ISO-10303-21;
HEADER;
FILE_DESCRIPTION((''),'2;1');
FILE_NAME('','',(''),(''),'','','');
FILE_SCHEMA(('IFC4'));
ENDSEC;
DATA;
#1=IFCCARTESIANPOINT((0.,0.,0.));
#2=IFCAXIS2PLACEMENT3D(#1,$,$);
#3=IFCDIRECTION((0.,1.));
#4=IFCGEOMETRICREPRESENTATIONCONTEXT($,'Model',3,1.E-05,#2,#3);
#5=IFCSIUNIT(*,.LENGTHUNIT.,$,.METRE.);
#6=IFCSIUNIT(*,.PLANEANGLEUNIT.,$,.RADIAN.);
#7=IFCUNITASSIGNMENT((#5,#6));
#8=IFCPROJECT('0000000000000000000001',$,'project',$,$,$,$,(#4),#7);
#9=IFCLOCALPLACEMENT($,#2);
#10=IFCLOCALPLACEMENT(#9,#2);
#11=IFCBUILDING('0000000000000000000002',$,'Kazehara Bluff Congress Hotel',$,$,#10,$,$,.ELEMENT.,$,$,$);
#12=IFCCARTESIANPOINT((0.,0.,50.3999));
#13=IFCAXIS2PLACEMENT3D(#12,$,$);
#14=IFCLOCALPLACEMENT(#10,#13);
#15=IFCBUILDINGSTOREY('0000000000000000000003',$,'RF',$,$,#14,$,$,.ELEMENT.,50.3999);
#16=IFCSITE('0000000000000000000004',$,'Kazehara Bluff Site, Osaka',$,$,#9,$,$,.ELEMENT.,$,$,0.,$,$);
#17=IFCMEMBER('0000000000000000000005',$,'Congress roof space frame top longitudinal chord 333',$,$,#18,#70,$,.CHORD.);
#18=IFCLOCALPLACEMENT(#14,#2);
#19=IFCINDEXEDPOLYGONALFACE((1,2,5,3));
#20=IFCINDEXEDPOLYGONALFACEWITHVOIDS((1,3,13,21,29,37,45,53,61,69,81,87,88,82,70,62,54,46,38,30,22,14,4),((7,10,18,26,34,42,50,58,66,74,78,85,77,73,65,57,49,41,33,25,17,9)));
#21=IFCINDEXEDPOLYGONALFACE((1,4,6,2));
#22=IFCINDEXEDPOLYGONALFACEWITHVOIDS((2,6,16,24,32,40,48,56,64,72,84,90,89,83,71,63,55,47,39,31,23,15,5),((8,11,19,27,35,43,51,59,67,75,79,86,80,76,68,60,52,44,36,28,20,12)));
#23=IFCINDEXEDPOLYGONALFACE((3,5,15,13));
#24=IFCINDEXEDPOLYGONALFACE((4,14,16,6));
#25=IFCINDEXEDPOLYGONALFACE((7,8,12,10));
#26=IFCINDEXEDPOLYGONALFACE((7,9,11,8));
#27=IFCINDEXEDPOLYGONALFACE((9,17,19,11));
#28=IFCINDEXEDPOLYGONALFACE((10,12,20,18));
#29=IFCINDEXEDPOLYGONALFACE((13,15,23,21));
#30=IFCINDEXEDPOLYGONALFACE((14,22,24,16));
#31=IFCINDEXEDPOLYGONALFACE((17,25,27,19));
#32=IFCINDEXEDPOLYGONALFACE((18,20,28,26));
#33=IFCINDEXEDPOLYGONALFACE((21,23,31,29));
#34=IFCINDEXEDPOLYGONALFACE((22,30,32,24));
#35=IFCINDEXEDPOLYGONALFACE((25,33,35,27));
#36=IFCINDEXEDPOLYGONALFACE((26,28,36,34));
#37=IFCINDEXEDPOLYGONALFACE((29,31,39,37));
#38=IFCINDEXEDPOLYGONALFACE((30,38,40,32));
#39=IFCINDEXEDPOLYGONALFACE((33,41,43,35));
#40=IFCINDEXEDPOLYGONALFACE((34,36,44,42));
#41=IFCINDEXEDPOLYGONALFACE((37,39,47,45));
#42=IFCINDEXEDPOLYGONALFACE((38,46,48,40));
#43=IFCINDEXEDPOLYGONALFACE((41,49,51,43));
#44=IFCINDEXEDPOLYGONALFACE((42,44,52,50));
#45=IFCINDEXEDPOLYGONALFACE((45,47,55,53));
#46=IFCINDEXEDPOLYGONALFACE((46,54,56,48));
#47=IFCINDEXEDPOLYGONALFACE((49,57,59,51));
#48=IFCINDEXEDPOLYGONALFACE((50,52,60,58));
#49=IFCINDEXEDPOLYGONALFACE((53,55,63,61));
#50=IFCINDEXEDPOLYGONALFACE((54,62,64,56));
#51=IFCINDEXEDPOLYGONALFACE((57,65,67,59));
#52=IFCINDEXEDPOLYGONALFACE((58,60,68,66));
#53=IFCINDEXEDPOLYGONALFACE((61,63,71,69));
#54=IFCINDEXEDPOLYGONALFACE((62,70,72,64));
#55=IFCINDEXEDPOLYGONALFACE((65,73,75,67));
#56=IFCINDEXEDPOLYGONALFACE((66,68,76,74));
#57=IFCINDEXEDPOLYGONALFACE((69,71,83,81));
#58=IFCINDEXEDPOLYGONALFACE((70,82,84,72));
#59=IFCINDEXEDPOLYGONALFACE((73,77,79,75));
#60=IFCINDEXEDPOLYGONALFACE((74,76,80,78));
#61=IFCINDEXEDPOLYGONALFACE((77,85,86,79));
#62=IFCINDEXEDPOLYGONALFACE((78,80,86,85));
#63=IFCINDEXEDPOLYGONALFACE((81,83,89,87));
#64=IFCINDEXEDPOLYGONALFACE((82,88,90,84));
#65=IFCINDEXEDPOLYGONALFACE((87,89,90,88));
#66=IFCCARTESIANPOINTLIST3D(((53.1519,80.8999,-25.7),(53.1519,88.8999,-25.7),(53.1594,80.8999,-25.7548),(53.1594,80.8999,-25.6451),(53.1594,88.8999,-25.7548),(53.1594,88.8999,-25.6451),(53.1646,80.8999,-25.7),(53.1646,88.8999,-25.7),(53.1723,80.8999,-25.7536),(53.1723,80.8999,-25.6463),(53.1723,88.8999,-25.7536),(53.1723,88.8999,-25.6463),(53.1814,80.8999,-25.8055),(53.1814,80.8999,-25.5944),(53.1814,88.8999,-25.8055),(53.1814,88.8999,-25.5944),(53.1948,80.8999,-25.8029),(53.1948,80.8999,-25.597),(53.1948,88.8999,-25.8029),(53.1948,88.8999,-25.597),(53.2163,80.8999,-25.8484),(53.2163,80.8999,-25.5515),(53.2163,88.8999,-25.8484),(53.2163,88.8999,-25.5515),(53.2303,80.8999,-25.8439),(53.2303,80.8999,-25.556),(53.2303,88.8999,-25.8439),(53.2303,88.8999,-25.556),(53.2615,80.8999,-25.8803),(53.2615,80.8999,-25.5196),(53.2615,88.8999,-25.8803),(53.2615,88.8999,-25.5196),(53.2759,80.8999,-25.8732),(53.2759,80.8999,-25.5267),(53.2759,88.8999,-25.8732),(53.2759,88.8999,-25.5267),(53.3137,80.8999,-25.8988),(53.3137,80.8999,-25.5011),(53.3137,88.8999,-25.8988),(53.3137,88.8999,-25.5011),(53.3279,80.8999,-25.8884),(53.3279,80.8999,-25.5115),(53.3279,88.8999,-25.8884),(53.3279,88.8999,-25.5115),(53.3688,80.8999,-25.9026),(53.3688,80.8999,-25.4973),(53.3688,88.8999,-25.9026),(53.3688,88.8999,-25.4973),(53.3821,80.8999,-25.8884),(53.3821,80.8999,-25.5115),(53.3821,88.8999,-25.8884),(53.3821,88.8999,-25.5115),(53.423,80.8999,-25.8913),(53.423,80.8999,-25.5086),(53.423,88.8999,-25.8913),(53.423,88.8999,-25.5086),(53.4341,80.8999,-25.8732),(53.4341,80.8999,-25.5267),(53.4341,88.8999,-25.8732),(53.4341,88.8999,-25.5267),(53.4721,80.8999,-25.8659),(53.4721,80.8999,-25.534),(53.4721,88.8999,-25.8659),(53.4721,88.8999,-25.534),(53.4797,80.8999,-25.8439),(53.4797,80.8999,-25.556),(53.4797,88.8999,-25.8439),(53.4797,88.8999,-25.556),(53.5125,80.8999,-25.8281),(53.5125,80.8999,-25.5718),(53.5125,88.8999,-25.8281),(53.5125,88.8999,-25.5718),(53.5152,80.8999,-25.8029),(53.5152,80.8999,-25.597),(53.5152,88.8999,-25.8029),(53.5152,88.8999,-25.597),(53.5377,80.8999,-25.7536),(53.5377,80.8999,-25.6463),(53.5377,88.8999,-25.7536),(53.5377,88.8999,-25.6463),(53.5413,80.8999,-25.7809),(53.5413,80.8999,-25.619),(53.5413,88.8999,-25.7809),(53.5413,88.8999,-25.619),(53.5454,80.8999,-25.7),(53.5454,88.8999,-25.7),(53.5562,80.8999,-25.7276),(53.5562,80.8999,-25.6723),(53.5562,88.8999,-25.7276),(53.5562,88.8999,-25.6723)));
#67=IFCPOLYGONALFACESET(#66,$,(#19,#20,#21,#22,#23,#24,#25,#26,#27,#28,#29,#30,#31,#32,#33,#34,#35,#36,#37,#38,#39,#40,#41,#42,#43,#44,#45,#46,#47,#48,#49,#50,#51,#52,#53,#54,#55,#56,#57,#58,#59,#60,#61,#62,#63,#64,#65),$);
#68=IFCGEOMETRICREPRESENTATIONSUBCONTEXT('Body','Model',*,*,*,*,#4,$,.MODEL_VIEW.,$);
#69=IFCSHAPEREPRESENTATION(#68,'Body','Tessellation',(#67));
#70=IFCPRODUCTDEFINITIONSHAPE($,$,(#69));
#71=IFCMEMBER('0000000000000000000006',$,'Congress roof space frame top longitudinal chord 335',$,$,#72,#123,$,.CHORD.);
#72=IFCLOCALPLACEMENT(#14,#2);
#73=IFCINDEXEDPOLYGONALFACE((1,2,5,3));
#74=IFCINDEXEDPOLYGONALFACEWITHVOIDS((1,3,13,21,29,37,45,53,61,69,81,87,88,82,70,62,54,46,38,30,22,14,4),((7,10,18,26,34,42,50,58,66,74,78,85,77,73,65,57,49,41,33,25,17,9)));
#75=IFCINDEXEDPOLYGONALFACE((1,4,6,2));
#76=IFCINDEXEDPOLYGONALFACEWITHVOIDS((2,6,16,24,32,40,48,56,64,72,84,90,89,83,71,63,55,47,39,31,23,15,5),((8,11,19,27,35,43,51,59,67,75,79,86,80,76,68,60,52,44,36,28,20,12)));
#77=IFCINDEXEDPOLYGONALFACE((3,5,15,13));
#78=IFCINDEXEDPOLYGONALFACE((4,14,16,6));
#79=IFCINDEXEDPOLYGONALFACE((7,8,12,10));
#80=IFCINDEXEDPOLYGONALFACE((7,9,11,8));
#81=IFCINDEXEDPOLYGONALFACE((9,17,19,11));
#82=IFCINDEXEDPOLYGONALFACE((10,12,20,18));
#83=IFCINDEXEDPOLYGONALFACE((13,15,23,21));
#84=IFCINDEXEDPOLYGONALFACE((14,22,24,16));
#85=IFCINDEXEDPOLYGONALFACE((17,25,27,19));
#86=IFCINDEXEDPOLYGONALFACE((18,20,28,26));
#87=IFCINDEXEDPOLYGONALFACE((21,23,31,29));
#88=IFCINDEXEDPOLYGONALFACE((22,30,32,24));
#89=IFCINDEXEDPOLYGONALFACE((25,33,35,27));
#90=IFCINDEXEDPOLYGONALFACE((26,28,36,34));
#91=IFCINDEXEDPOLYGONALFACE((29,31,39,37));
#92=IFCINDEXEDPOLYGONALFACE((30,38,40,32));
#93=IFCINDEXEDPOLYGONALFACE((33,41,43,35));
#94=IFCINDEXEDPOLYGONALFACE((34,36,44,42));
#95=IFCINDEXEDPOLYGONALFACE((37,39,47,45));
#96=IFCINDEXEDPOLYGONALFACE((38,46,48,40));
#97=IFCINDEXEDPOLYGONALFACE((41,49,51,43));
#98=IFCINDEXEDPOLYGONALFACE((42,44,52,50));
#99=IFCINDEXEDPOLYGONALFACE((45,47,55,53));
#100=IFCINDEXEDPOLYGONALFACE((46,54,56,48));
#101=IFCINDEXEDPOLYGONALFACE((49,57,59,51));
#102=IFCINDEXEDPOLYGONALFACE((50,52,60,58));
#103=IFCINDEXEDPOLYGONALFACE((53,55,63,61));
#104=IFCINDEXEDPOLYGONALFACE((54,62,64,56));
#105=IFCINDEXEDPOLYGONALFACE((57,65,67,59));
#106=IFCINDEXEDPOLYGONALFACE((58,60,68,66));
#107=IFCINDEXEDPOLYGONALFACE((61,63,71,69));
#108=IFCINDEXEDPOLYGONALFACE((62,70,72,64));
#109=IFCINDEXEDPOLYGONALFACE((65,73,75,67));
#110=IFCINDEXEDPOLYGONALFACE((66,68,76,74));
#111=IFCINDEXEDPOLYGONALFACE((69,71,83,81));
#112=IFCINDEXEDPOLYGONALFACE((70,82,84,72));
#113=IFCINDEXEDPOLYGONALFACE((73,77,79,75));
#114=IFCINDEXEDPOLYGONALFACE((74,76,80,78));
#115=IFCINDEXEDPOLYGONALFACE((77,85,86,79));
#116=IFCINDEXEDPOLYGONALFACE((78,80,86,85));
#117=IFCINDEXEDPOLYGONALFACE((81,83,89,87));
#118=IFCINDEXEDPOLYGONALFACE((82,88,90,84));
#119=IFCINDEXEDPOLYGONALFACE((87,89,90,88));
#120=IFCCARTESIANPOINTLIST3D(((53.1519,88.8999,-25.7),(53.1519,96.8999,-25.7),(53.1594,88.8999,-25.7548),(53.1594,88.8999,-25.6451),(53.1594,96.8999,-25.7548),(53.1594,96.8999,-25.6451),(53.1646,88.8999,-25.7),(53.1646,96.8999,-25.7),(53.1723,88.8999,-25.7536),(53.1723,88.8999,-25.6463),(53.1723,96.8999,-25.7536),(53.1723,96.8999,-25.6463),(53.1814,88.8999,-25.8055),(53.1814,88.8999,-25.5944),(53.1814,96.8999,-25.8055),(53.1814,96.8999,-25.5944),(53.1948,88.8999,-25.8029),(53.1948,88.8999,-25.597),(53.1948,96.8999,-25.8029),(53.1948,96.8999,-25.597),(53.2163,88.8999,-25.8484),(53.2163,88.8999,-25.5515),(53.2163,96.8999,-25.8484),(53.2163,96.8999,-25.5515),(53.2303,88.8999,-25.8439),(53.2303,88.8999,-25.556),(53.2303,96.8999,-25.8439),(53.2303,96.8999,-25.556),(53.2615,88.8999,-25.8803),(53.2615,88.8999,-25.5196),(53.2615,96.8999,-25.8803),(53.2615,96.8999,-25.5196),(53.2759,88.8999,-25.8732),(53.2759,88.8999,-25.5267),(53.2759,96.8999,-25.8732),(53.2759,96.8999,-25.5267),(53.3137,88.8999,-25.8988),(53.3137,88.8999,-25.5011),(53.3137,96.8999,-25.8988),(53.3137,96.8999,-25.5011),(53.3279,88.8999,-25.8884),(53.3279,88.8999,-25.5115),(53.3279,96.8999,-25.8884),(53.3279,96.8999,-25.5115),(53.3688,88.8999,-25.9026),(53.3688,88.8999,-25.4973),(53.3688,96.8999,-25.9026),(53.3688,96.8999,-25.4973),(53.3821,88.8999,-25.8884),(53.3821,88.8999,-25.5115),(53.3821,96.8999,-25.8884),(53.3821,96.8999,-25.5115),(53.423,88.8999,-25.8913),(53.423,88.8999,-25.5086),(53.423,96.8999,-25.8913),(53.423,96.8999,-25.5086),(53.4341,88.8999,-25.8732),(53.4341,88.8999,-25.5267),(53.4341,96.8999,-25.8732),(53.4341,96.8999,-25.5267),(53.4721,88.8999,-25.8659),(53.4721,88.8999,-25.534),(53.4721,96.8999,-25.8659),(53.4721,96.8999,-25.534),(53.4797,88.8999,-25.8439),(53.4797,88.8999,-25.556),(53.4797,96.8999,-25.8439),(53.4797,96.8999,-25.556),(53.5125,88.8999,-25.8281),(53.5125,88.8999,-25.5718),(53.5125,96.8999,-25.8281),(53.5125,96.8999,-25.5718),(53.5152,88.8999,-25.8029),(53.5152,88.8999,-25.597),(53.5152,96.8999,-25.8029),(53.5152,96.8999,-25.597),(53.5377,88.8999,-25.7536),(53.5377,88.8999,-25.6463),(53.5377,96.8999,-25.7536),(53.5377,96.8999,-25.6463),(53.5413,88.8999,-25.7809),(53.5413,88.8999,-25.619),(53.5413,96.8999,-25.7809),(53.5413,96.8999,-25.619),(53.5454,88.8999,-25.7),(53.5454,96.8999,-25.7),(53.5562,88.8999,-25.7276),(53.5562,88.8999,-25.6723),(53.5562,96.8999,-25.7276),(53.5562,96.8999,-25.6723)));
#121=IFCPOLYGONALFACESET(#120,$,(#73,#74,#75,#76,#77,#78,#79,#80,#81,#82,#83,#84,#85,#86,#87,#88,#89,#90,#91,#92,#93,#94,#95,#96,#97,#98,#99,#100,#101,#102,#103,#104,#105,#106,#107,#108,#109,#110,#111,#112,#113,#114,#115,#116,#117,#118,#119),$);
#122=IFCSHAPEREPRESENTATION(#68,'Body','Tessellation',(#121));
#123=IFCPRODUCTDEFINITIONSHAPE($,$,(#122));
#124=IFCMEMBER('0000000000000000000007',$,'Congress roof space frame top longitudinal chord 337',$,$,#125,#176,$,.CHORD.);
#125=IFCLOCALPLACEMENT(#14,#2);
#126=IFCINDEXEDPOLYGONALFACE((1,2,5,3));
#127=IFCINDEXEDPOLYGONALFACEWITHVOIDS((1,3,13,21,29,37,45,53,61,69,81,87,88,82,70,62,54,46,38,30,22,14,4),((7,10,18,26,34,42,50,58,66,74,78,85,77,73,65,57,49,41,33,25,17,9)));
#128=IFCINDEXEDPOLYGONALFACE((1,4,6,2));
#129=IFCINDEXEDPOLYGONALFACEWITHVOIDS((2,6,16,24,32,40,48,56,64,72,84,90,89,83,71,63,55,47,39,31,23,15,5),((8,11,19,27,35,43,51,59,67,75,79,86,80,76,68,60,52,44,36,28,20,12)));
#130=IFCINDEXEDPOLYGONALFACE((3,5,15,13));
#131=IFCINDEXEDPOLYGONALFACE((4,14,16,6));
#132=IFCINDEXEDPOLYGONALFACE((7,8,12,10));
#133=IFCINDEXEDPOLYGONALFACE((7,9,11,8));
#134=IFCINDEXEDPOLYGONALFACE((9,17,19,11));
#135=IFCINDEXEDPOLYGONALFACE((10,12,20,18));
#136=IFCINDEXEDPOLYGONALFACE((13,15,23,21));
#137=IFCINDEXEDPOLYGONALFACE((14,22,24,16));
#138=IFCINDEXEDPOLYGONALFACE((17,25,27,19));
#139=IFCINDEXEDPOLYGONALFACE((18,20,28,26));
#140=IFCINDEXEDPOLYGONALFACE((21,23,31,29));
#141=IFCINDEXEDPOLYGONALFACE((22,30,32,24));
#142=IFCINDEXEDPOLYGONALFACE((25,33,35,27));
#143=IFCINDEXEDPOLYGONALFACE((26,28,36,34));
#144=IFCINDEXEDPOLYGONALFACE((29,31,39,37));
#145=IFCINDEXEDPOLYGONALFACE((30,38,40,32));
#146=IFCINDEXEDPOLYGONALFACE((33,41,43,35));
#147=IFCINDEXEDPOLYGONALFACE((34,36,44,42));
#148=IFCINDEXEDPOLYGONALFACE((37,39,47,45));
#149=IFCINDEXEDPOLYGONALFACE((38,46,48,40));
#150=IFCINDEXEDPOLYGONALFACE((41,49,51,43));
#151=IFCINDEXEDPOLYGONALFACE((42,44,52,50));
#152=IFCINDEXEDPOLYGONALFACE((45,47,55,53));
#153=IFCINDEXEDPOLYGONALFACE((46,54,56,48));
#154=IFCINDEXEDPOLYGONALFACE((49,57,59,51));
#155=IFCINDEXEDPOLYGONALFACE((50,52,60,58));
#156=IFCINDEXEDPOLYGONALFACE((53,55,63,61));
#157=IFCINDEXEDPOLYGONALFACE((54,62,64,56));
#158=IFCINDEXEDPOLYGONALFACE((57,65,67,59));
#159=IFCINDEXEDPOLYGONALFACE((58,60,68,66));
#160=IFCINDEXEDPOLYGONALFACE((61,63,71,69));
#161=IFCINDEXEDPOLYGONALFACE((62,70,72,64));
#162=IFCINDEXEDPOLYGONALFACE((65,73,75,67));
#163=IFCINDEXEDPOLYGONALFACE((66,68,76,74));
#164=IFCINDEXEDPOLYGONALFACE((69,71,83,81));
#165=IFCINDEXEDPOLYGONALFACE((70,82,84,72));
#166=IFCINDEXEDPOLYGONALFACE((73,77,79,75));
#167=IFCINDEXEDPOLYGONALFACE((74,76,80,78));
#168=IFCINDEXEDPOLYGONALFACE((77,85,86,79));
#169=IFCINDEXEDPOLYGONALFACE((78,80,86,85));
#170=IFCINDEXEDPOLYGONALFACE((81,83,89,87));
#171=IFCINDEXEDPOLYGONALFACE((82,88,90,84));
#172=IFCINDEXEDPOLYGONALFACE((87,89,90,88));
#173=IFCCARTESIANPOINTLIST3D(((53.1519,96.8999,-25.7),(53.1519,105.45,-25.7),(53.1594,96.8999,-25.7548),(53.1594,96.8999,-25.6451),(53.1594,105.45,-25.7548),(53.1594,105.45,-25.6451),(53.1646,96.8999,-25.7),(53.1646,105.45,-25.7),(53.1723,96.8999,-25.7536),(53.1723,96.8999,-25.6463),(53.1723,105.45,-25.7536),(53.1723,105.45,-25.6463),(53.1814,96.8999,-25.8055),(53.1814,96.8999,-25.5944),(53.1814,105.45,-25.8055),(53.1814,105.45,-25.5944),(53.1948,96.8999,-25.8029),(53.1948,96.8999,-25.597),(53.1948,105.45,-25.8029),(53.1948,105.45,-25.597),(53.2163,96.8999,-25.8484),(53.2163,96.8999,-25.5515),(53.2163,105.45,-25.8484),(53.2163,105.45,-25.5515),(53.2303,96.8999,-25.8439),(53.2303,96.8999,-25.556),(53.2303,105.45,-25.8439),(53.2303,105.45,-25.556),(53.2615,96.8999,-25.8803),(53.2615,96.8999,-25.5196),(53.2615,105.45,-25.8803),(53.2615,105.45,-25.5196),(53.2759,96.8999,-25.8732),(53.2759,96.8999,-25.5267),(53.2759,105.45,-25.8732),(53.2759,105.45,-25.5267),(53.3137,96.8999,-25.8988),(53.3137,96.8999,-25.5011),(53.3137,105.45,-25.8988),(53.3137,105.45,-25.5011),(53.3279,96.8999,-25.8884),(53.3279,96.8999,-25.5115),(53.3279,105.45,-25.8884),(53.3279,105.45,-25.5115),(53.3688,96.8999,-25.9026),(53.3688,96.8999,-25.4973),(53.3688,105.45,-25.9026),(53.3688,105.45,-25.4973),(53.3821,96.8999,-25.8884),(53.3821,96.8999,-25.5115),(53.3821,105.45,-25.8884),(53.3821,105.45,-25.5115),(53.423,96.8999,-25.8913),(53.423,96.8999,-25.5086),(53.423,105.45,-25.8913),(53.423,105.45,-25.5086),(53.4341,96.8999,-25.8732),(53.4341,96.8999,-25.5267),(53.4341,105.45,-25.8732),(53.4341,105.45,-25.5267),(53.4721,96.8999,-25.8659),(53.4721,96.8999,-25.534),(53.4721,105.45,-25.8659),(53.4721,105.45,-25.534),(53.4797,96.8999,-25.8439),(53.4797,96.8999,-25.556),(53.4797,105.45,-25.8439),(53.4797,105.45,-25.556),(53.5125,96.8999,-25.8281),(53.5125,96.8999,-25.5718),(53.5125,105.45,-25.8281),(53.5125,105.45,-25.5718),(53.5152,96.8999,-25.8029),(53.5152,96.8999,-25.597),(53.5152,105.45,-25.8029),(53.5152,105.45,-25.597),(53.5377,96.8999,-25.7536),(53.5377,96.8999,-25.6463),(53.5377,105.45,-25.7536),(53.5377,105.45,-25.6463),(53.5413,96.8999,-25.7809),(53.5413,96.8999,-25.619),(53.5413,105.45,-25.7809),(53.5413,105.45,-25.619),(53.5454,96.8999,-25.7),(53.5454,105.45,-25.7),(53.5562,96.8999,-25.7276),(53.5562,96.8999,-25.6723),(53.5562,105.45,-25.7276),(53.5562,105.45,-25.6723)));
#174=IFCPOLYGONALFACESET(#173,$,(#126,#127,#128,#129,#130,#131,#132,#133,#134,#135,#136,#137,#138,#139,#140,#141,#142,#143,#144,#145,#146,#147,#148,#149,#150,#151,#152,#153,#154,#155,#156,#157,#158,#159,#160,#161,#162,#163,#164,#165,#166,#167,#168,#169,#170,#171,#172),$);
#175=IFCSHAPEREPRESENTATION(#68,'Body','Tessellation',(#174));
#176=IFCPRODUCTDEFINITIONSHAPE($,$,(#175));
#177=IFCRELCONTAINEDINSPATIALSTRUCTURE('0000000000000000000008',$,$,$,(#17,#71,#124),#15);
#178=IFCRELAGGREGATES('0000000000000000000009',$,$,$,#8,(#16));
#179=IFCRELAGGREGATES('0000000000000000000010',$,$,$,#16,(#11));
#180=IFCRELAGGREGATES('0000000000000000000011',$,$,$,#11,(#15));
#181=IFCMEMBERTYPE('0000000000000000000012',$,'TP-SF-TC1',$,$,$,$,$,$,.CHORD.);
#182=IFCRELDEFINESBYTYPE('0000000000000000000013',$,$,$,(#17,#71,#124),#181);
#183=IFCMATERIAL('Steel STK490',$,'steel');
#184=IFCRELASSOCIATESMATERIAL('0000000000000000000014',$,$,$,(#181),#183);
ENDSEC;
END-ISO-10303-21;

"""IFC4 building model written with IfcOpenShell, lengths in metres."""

from ifc_helpers import new_model, si_unit, direction, frame, origin, origin_2d, place, context, subcontext, project, spatial, hollow_circle, extrude, material, material_profile, profile_set, type_object, element, save


model = new_model("IFC4")

# Units and contexts
model_context = context("Model", 3, precision=1e-05, world=origin(), true_north=direction((0.0, 1.0)))
body_context = subcontext(model_context, "Body", "Model", "MODEL_VIEW")
ifc_project = project(units=[si_unit("LENGTHUNIT", "METRE"), si_unit("PLANEANGLEUNIT", "RADIAN")], contexts=[model_context])

# Site, building, storey
site_placement = place(None, origin())
site = spatial("IfcSite", under=ifc_project, at=site_placement, Name="Kazehara Bluff Site, Osaka", CompositionType="ELEMENT", RefElevation=0.0)
building_placement = place(site_placement, origin())
building = spatial("IfcBuilding", under=site, at=building_placement, Name="Kazehara Bluff Congress Hotel", CompositionType="ELEMENT")
storey_placement = place(building_placement, frame((0.0, 0.0, 50.3999)))
storey = spatial("IfcBuildingStorey", under=building, at=storey_placement, Name="RF", CompositionType="ELEMENT", Elevation=50.3999)

# Members
ifc_material_1 = material(Name="Steel STK490", Category="steel")
ifc_material_profile_1 = material_profile(ifc_material_1, hollow_circle(Radius=0.2031, WallThickness=0.0127, at=origin_2d()))
ifc_profile_set_1 = profile_set([ifc_material_profile_1], Name="Steel STK490")
member_type_1 = type_object("IfcMemberType", Name="TP-SF-TC1", PredefinedType="CHORD", material=ifc_profile_set_1)
for number, where, z_axis, x_axis, name in (
    (1, (53.355, 80.8999, -25.7), (0.0, 1.0, 0.0), (-1.0, 0.0, 0.0), "Congress roof space frame top longitudinal chord 333"),
    (2, (53.355, 88.8999, -25.7), (0.0, 1.0, 0.0), (-1.0, 0.0, 0.0), "Congress roof space frame top longitudinal chord 335"),
):
    element("IfcMember", number, at=place(storey_placement, frame(where, z_axis=z_axis, x_axis=x_axis)), inside=storey, type_object=member_type_1, Name=name, PredefinedType="CHORD", context=body_context, shape_type="SweptSolid", body=[
        extrude(hollow_circle(Radius=0.2031, WallThickness=0.0127, at=origin_2d()), origin(), (0.0, 0.0, 1.0), 8.0),
    ])
member_1_placement = place(storey_placement, frame((53.355, 96.8999, -25.7), z_axis=(0.0, 1.0, 0.0), x_axis=(-1.0, 0.0, 0.0)))
element("IfcMember", 3, at=member_1_placement, inside=storey, type_object=member_type_1, Name="Congress roof space frame top longitudinal chord 337", PredefinedType="CHORD", context=body_context, shape_type="SweptSolid", body=[
    extrude(hollow_circle(Radius=0.2031, WallThickness=0.0127, at=origin_2d()), origin(), (0.0, 0.0, 1.0), 8.55),
])

save(model, "model.ifc")
